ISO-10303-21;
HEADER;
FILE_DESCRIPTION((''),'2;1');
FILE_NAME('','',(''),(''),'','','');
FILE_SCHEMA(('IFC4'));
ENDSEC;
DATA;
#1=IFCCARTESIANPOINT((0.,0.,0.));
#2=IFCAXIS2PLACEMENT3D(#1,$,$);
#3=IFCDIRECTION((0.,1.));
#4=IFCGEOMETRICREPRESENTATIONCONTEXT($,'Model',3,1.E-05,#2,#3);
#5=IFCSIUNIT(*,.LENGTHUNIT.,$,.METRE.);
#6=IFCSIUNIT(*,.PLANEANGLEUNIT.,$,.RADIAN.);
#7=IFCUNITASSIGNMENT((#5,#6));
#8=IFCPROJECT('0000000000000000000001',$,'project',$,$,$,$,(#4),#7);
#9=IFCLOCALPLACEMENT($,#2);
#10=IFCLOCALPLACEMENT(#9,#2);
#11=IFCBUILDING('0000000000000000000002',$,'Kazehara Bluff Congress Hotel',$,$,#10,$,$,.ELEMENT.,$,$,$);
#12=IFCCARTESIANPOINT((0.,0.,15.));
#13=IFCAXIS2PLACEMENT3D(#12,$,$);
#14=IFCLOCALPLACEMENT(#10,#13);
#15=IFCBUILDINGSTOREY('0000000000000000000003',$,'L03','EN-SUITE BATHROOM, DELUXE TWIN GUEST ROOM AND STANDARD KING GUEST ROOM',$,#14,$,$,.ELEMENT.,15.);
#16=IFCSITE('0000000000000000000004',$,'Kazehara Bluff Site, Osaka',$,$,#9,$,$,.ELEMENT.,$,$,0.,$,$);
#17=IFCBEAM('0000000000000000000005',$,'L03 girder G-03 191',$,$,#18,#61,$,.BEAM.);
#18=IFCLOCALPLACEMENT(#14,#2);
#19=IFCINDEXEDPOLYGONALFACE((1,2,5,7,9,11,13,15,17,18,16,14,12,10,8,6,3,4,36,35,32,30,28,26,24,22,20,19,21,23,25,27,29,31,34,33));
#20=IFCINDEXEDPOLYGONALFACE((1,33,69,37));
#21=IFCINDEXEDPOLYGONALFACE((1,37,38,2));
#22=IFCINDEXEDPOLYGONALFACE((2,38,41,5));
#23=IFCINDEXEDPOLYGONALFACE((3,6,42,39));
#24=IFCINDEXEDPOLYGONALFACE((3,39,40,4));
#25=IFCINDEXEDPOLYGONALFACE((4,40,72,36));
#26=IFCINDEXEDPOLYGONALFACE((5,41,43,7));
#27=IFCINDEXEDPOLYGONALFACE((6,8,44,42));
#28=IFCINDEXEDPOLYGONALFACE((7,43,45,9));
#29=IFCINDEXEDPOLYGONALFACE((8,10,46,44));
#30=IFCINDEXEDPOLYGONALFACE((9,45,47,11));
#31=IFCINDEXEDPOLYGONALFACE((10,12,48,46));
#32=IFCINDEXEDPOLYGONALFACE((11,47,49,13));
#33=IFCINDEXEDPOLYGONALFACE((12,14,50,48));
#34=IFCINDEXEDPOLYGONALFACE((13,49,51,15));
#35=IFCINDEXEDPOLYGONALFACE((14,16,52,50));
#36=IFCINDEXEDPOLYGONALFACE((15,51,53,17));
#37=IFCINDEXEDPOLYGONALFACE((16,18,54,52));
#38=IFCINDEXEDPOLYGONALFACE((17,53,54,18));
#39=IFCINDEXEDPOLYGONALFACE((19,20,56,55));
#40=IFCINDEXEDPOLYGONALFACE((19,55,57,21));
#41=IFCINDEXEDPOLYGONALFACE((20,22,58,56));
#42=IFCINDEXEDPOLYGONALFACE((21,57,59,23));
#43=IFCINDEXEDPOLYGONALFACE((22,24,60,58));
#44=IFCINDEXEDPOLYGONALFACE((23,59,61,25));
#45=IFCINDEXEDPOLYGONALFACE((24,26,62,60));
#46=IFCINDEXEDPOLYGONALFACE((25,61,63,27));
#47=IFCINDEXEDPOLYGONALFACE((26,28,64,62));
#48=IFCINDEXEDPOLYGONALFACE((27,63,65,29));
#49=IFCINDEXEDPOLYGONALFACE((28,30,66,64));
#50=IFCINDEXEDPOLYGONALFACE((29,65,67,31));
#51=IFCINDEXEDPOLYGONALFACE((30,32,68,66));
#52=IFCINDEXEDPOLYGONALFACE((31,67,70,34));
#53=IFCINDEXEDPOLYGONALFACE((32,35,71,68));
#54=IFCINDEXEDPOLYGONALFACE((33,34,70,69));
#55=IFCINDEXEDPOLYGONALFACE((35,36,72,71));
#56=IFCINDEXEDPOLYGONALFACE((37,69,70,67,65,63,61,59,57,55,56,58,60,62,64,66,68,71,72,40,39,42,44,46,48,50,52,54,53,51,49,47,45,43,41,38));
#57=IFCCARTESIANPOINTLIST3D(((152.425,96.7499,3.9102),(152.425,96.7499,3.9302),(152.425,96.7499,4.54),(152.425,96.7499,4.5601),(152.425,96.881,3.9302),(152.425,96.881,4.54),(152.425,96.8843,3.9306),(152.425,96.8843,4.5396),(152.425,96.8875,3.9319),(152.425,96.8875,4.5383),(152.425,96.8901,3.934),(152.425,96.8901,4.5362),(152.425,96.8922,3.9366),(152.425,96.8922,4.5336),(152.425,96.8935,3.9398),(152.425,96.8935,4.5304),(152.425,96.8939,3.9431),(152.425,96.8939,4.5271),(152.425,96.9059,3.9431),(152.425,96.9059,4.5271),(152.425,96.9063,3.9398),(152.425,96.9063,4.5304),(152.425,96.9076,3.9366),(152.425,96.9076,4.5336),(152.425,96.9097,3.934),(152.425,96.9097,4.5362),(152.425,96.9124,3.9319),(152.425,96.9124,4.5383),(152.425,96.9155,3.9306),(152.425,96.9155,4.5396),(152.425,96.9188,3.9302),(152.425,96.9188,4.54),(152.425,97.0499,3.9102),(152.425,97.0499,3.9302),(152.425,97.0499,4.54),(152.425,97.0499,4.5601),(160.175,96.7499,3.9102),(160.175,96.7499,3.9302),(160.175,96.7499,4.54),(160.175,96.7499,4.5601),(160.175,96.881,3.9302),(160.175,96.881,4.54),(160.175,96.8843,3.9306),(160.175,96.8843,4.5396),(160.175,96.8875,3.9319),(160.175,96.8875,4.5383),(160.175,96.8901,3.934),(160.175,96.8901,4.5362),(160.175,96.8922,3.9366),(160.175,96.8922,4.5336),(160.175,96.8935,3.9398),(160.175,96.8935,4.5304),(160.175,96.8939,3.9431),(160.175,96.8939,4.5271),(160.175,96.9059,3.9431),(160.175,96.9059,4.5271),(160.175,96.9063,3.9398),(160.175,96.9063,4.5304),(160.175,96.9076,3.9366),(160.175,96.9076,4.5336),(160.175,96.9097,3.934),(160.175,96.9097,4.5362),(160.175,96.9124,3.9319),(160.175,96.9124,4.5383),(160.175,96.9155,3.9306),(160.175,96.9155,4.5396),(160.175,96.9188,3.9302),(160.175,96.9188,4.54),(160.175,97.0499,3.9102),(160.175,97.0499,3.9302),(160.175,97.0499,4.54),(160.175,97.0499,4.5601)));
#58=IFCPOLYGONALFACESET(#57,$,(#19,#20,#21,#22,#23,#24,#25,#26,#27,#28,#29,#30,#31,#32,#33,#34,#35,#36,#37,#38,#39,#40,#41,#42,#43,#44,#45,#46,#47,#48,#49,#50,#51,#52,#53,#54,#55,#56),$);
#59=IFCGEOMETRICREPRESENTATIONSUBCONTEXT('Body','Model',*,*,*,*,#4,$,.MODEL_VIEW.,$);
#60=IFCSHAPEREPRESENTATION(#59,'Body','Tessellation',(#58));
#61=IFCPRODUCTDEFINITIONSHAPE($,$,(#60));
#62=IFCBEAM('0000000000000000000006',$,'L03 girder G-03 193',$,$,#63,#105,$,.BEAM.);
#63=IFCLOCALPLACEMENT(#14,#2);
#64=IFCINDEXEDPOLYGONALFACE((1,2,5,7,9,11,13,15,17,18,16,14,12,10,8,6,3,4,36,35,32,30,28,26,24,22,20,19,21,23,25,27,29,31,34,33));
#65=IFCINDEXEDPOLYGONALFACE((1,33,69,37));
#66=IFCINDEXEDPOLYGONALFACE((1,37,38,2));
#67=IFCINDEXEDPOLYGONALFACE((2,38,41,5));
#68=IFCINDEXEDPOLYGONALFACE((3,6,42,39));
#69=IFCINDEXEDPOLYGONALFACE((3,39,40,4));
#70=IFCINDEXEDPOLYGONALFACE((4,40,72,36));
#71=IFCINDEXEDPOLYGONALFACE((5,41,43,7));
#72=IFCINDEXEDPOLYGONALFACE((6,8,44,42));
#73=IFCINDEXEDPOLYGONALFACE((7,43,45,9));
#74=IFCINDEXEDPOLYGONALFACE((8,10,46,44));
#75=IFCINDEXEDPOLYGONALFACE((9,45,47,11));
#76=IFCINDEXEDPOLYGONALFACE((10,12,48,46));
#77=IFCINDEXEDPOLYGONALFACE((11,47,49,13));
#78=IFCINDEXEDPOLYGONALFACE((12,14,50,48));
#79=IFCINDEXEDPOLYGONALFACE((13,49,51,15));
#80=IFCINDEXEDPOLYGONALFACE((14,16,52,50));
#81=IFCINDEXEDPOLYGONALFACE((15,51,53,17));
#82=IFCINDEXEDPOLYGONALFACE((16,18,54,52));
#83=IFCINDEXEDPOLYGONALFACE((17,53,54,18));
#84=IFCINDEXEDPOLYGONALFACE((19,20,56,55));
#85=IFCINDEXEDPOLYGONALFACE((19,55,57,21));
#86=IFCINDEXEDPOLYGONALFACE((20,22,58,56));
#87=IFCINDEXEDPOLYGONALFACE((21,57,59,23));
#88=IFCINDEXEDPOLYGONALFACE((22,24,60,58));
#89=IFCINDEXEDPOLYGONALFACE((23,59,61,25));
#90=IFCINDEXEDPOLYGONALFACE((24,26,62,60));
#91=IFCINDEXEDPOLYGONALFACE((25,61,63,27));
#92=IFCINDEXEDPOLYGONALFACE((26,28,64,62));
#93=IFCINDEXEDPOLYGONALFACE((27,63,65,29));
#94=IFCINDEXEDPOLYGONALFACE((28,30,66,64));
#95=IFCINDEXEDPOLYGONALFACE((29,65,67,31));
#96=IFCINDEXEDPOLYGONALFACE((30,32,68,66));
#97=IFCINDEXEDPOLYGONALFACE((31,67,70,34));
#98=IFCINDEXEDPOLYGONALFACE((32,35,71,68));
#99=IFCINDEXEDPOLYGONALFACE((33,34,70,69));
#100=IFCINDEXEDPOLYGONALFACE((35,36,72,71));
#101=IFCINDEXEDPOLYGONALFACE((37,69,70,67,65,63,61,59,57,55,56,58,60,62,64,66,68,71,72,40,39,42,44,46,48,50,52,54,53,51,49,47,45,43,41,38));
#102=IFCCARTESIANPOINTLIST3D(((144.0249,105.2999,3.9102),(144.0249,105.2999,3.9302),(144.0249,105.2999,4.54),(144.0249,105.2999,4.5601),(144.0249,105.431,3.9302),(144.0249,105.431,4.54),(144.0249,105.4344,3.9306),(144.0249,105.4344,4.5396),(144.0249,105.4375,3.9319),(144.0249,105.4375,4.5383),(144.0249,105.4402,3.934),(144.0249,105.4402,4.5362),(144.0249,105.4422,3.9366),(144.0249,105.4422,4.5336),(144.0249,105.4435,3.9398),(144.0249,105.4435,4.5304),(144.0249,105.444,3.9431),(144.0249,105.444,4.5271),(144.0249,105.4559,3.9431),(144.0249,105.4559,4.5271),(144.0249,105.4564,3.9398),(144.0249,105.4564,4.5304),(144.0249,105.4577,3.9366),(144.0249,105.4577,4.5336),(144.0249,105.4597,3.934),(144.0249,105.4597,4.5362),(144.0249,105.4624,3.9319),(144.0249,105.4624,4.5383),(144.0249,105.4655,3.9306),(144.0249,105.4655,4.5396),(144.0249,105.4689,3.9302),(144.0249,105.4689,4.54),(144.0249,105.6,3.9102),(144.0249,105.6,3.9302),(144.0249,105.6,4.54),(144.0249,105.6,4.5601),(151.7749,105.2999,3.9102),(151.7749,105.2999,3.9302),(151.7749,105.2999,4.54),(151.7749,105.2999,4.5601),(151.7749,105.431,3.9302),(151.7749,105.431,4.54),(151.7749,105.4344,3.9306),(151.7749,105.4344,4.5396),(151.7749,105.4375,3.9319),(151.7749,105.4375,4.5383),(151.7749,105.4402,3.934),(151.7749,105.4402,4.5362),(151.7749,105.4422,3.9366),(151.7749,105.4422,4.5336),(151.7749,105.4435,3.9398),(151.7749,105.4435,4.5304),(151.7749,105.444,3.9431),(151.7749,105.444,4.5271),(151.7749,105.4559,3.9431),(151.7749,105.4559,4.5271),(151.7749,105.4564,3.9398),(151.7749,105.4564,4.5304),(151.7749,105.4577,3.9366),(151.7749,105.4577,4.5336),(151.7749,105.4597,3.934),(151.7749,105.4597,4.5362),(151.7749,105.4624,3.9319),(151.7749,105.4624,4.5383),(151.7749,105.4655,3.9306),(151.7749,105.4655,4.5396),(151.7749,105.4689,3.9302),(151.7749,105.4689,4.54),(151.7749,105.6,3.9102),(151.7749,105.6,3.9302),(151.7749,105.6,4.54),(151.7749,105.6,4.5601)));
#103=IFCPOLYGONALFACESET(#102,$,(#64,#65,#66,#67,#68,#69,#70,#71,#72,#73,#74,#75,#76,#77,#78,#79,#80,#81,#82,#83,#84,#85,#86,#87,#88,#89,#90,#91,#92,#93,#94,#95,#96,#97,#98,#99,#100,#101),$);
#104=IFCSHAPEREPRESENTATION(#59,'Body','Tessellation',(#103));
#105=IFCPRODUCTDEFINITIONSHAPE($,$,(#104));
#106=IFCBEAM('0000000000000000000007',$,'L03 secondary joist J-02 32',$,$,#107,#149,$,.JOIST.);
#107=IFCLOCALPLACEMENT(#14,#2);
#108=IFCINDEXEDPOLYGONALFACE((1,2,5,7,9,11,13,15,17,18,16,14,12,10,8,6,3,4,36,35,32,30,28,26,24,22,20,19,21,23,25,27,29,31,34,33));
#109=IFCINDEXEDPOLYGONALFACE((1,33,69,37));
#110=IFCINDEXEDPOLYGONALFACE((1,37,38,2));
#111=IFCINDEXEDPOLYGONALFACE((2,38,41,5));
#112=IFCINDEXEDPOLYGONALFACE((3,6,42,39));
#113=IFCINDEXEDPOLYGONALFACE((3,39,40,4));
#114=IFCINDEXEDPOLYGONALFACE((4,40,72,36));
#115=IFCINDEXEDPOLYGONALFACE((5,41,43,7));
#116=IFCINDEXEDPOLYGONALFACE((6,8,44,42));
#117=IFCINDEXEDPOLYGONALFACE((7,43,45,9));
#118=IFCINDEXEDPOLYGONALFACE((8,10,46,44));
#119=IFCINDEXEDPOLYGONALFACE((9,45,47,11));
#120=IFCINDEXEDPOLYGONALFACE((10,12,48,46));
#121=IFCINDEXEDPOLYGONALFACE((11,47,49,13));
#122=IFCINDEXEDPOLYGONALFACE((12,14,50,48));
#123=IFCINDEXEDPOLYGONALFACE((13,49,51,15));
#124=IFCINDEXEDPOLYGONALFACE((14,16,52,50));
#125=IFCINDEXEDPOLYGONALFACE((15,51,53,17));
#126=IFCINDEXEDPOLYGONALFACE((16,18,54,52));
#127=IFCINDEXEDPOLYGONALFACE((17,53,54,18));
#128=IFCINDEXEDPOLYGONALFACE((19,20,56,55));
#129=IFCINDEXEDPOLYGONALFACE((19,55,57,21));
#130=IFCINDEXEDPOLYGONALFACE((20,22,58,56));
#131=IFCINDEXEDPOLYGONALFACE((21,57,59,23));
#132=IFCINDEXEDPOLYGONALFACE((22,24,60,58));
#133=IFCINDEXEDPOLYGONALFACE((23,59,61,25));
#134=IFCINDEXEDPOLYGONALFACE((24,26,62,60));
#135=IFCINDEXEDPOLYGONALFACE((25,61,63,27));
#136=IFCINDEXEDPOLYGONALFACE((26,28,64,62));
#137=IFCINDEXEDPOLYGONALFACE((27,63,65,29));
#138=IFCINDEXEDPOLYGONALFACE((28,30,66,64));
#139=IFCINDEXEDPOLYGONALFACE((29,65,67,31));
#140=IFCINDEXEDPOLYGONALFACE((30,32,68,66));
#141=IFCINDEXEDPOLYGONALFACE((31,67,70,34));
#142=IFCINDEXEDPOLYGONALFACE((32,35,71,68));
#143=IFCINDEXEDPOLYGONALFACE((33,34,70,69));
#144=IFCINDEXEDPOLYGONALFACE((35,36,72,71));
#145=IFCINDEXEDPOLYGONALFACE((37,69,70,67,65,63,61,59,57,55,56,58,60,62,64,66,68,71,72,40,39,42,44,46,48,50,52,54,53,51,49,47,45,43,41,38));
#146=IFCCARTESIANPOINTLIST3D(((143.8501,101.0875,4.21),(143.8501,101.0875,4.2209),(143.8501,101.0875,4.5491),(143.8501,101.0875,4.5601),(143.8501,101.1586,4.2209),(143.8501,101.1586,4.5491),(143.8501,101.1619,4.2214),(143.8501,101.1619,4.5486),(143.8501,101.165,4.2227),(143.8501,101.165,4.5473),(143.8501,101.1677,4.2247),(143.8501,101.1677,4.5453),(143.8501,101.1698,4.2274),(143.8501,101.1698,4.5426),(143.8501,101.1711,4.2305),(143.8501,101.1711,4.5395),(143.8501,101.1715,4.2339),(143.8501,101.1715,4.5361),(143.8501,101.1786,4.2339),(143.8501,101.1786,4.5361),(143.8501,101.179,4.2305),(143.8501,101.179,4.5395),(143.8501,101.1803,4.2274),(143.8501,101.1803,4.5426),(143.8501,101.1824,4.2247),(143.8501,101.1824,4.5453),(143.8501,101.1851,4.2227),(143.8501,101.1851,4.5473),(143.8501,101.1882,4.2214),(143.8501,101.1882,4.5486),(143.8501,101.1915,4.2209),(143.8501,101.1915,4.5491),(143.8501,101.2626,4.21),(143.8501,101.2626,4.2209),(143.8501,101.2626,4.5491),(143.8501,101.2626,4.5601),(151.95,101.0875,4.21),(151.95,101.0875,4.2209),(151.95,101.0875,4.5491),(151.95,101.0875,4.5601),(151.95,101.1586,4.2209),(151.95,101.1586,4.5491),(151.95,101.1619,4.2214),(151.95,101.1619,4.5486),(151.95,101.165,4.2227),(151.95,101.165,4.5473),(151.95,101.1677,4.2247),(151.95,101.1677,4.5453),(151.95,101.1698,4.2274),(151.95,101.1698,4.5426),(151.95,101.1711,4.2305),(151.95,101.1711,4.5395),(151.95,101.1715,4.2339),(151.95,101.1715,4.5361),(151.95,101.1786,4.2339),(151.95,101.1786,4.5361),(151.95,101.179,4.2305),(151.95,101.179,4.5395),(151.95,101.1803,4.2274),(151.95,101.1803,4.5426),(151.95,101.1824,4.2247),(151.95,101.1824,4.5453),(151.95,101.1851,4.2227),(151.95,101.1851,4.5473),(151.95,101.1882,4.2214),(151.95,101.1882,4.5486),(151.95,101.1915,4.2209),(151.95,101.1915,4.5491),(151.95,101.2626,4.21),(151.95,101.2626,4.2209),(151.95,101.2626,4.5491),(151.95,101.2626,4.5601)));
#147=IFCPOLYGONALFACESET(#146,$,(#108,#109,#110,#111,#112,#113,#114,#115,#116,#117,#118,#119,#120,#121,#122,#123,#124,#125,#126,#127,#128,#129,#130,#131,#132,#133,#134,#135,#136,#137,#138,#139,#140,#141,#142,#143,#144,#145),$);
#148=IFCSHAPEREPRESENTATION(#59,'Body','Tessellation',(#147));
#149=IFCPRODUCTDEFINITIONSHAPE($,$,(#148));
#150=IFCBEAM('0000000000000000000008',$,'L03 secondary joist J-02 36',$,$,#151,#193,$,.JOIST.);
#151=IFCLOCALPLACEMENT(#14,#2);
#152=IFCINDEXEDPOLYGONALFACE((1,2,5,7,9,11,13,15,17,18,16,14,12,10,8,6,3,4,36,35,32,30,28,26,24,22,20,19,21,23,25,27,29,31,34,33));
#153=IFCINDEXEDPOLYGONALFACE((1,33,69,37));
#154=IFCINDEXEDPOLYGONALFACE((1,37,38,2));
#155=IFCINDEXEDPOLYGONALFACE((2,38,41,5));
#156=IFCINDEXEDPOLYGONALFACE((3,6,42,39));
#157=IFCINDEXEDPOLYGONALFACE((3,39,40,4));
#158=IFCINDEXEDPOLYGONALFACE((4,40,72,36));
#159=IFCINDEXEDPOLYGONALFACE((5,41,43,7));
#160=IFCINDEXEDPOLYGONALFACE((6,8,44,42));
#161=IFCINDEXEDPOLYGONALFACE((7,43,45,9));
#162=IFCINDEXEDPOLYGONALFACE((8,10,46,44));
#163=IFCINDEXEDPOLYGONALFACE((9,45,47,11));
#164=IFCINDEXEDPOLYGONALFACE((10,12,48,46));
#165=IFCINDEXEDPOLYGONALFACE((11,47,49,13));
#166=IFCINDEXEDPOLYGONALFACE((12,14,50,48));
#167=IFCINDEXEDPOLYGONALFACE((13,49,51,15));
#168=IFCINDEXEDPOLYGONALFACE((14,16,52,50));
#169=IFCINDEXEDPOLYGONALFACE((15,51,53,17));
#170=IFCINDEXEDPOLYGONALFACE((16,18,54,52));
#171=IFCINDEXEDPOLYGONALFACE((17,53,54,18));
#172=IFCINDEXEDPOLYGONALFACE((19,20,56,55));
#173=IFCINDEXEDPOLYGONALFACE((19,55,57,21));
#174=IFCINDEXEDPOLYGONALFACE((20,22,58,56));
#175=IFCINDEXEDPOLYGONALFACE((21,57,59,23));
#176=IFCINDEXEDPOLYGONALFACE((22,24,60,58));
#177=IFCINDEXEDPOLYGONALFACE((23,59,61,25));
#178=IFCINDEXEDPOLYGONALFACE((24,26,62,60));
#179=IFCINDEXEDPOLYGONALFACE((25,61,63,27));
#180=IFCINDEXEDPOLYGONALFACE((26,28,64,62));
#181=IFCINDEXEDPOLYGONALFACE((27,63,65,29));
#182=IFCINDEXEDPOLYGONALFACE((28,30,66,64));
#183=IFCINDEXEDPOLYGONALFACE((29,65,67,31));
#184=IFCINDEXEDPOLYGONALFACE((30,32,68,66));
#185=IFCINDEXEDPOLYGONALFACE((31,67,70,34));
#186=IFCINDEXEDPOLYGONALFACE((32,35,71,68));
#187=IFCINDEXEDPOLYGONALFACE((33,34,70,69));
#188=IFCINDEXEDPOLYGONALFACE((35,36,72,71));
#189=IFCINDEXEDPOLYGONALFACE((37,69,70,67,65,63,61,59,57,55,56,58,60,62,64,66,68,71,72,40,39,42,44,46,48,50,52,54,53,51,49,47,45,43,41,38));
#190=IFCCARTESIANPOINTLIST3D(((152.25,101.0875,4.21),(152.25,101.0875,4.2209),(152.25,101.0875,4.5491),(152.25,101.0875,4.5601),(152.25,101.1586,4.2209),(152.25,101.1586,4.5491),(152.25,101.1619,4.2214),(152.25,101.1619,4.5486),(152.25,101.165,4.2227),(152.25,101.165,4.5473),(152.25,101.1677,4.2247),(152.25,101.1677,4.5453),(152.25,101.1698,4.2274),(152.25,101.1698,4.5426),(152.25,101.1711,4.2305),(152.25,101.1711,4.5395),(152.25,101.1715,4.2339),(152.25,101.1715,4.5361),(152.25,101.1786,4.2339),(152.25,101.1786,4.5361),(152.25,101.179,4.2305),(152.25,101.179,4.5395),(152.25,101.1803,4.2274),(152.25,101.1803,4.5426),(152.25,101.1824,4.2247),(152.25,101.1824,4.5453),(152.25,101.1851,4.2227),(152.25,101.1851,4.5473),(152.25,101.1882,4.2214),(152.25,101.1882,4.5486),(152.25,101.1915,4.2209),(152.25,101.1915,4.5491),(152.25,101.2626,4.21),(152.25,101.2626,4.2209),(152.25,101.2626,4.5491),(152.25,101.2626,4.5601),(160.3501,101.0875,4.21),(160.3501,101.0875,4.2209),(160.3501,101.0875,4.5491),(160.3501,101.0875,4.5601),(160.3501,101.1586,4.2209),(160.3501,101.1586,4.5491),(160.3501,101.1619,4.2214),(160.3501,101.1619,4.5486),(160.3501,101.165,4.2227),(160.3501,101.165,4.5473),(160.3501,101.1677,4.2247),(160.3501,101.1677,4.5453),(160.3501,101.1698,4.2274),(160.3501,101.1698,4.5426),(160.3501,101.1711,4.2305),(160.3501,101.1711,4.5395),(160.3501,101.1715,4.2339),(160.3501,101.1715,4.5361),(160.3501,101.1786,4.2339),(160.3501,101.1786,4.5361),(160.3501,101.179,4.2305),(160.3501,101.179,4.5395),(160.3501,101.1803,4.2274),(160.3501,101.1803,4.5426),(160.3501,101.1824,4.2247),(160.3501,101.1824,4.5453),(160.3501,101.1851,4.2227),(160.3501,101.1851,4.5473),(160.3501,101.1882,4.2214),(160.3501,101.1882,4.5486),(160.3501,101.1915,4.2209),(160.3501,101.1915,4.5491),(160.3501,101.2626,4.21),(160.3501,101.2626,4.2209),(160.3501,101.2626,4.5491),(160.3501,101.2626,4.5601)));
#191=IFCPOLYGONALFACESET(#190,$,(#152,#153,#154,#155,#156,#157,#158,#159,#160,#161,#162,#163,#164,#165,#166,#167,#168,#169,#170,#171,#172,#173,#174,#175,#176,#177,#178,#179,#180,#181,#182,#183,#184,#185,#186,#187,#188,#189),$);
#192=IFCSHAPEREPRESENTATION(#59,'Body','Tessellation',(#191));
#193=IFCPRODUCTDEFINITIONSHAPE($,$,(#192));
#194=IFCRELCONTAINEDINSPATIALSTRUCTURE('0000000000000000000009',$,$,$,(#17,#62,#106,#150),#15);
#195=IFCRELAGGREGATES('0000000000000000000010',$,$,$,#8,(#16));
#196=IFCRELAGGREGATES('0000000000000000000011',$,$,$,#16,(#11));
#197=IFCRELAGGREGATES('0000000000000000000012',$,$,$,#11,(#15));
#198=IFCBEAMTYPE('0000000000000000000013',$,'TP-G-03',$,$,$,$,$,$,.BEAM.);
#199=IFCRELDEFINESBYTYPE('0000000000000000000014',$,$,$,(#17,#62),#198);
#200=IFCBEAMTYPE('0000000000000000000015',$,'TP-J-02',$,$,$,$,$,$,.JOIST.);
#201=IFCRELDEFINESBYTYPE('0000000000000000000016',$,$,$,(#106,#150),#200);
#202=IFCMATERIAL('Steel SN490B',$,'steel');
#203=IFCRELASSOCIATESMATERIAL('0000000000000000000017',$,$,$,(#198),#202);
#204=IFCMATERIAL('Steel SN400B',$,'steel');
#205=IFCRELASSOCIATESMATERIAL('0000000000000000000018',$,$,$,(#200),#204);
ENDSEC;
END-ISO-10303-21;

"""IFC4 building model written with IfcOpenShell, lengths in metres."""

from ifc_helpers import new_model, si_unit, direction, frame, origin, origin_2d, place, context, subcontext, project, spatial, i_section, extrude, material, material_profile, profile_set, type_object, element, save


model = new_model("IFC4")

# Units and contexts
model_context = context("Model", 3, precision=1e-05, world=origin(), true_north=direction((0.0, 1.0)))
body_context = subcontext(model_context, "Body", "Model", "MODEL_VIEW")
ifc_project = project(units=[si_unit("LENGTHUNIT", "METRE"), si_unit("PLANEANGLEUNIT", "RADIAN")], contexts=[model_context])

# Site, building, storey
site_placement = place(None, origin())
site = spatial("IfcSite", under=ifc_project, at=site_placement, Name="Kazehara Bluff Site, Osaka", CompositionType="ELEMENT", RefElevation=0.0)
building_placement = place(site_placement, origin())
building = spatial("IfcBuilding", under=site, at=building_placement, Name="Kazehara Bluff Congress Hotel", CompositionType="ELEMENT")
storey_placement = place(building_placement, frame((0.0, 0.0, 15.0)))
storey = spatial("IfcBuildingStorey", under=building, at=storey_placement, Name="L03", Description="EN-SUITE BATHROOM, DELUXE TWIN GUEST ROOM AND STANDARD KING GUEST ROOM", CompositionType="ELEMENT", Elevation=15.0)

# Beams
ifc_material_1 = material(Name="Steel SN490B", Category="steel")
ifc_material_profile_1 = material_profile(ifc_material_1, i_section(OverallWidth=0.3, OverallDepth=0.6499, WebThickness=0.012, FlangeThickness=0.02, FilletRadius=0.0129, at=origin_2d()))
ifc_profile_set_1 = profile_set([ifc_material_profile_1], Name="Steel SN490B")
beam_type_1 = type_object("IfcBeamType", Name="TP-G-03", PredefinedType="BEAM", material=ifc_profile_set_1)
for number, where, z_axis, x_axis, name in (
    (1, (152.425, 96.8999, 4.2351), (1.0, 0.0, 0.0), (0.0, 1.0, 0.0), "L03 girder G-03 191"),
    (2, (144.0249, 105.45, 4.2351), (1.0, 0.0, 0.0), (0.0, 1.0, 0.0), "L03 girder G-03 193"),
):
    element("IfcBeam", number, at=place(storey_placement, frame(where, z_axis=z_axis, x_axis=x_axis)), inside=storey, type_object=beam_type_1, Name=name, PredefinedType="BEAM", context=body_context, shape_type="SweptSolid", body=[
        extrude(i_section(OverallWidth=0.3, OverallDepth=0.6499, WebThickness=0.012, FlangeThickness=0.02, FilletRadius=0.0129, at=origin_2d()), origin(), (0.0, 0.0, 1.0), 7.75),
    ])
ifc_material_2 = material(Name="Steel SN400B", Category="steel")
ifc_material_profile_2 = material_profile(ifc_material_2, i_section(OverallWidth=0.175, OverallDepth=0.3501, WebThickness=0.0071, FlangeThickness=0.011, FilletRadius=0.0129, at=origin_2d()))
ifc_profile_set_2 = profile_set([ifc_material_profile_2], Name="Steel SN400B")
beam_type_2 = type_object("IfcBeamType", Name="TP-J-02", PredefinedType="JOIST", material=ifc_profile_set_2)
beam_1_placement = place(storey_placement, frame((143.8501, 101.175, 4.385), z_axis=(1.0, 0.0, 0.0), x_axis=(0.0, 1.0, 0.0)))
element("IfcBeam", 3, at=beam_1_placement, inside=storey, type_object=beam_type_2, Name="L03 secondary joist J-02 32", PredefinedType="JOIST", context=body_context, shape_type="SweptSolid", body=[
    extrude(i_section(OverallWidth=0.175, OverallDepth=0.3501, WebThickness=0.0071, FlangeThickness=0.011, FilletRadius=0.0129, at=origin_2d()), origin(), (0.0, 0.0, 1.0), 8.0999),
])
beam_2_placement = place(storey_placement, frame((152.25, 101.175, 4.385), z_axis=(1.0, 0.0, 0.0), x_axis=(0.0, 1.0, 0.0)))
element("IfcBeam", 4, at=beam_2_placement, inside=storey, type_object=beam_type_2, Name="L03 secondary joist J-02 36", PredefinedType="JOIST", context=body_context, shape_type="SweptSolid", body=[
    extrude(i_section(OverallWidth=0.175, OverallDepth=0.3501, WebThickness=0.0071, FlangeThickness=0.011, FilletRadius=0.0129, at=origin_2d()), origin(), (0.0, 0.0, 1.0), 8.1001),
])

save(model, "model.ifc")
